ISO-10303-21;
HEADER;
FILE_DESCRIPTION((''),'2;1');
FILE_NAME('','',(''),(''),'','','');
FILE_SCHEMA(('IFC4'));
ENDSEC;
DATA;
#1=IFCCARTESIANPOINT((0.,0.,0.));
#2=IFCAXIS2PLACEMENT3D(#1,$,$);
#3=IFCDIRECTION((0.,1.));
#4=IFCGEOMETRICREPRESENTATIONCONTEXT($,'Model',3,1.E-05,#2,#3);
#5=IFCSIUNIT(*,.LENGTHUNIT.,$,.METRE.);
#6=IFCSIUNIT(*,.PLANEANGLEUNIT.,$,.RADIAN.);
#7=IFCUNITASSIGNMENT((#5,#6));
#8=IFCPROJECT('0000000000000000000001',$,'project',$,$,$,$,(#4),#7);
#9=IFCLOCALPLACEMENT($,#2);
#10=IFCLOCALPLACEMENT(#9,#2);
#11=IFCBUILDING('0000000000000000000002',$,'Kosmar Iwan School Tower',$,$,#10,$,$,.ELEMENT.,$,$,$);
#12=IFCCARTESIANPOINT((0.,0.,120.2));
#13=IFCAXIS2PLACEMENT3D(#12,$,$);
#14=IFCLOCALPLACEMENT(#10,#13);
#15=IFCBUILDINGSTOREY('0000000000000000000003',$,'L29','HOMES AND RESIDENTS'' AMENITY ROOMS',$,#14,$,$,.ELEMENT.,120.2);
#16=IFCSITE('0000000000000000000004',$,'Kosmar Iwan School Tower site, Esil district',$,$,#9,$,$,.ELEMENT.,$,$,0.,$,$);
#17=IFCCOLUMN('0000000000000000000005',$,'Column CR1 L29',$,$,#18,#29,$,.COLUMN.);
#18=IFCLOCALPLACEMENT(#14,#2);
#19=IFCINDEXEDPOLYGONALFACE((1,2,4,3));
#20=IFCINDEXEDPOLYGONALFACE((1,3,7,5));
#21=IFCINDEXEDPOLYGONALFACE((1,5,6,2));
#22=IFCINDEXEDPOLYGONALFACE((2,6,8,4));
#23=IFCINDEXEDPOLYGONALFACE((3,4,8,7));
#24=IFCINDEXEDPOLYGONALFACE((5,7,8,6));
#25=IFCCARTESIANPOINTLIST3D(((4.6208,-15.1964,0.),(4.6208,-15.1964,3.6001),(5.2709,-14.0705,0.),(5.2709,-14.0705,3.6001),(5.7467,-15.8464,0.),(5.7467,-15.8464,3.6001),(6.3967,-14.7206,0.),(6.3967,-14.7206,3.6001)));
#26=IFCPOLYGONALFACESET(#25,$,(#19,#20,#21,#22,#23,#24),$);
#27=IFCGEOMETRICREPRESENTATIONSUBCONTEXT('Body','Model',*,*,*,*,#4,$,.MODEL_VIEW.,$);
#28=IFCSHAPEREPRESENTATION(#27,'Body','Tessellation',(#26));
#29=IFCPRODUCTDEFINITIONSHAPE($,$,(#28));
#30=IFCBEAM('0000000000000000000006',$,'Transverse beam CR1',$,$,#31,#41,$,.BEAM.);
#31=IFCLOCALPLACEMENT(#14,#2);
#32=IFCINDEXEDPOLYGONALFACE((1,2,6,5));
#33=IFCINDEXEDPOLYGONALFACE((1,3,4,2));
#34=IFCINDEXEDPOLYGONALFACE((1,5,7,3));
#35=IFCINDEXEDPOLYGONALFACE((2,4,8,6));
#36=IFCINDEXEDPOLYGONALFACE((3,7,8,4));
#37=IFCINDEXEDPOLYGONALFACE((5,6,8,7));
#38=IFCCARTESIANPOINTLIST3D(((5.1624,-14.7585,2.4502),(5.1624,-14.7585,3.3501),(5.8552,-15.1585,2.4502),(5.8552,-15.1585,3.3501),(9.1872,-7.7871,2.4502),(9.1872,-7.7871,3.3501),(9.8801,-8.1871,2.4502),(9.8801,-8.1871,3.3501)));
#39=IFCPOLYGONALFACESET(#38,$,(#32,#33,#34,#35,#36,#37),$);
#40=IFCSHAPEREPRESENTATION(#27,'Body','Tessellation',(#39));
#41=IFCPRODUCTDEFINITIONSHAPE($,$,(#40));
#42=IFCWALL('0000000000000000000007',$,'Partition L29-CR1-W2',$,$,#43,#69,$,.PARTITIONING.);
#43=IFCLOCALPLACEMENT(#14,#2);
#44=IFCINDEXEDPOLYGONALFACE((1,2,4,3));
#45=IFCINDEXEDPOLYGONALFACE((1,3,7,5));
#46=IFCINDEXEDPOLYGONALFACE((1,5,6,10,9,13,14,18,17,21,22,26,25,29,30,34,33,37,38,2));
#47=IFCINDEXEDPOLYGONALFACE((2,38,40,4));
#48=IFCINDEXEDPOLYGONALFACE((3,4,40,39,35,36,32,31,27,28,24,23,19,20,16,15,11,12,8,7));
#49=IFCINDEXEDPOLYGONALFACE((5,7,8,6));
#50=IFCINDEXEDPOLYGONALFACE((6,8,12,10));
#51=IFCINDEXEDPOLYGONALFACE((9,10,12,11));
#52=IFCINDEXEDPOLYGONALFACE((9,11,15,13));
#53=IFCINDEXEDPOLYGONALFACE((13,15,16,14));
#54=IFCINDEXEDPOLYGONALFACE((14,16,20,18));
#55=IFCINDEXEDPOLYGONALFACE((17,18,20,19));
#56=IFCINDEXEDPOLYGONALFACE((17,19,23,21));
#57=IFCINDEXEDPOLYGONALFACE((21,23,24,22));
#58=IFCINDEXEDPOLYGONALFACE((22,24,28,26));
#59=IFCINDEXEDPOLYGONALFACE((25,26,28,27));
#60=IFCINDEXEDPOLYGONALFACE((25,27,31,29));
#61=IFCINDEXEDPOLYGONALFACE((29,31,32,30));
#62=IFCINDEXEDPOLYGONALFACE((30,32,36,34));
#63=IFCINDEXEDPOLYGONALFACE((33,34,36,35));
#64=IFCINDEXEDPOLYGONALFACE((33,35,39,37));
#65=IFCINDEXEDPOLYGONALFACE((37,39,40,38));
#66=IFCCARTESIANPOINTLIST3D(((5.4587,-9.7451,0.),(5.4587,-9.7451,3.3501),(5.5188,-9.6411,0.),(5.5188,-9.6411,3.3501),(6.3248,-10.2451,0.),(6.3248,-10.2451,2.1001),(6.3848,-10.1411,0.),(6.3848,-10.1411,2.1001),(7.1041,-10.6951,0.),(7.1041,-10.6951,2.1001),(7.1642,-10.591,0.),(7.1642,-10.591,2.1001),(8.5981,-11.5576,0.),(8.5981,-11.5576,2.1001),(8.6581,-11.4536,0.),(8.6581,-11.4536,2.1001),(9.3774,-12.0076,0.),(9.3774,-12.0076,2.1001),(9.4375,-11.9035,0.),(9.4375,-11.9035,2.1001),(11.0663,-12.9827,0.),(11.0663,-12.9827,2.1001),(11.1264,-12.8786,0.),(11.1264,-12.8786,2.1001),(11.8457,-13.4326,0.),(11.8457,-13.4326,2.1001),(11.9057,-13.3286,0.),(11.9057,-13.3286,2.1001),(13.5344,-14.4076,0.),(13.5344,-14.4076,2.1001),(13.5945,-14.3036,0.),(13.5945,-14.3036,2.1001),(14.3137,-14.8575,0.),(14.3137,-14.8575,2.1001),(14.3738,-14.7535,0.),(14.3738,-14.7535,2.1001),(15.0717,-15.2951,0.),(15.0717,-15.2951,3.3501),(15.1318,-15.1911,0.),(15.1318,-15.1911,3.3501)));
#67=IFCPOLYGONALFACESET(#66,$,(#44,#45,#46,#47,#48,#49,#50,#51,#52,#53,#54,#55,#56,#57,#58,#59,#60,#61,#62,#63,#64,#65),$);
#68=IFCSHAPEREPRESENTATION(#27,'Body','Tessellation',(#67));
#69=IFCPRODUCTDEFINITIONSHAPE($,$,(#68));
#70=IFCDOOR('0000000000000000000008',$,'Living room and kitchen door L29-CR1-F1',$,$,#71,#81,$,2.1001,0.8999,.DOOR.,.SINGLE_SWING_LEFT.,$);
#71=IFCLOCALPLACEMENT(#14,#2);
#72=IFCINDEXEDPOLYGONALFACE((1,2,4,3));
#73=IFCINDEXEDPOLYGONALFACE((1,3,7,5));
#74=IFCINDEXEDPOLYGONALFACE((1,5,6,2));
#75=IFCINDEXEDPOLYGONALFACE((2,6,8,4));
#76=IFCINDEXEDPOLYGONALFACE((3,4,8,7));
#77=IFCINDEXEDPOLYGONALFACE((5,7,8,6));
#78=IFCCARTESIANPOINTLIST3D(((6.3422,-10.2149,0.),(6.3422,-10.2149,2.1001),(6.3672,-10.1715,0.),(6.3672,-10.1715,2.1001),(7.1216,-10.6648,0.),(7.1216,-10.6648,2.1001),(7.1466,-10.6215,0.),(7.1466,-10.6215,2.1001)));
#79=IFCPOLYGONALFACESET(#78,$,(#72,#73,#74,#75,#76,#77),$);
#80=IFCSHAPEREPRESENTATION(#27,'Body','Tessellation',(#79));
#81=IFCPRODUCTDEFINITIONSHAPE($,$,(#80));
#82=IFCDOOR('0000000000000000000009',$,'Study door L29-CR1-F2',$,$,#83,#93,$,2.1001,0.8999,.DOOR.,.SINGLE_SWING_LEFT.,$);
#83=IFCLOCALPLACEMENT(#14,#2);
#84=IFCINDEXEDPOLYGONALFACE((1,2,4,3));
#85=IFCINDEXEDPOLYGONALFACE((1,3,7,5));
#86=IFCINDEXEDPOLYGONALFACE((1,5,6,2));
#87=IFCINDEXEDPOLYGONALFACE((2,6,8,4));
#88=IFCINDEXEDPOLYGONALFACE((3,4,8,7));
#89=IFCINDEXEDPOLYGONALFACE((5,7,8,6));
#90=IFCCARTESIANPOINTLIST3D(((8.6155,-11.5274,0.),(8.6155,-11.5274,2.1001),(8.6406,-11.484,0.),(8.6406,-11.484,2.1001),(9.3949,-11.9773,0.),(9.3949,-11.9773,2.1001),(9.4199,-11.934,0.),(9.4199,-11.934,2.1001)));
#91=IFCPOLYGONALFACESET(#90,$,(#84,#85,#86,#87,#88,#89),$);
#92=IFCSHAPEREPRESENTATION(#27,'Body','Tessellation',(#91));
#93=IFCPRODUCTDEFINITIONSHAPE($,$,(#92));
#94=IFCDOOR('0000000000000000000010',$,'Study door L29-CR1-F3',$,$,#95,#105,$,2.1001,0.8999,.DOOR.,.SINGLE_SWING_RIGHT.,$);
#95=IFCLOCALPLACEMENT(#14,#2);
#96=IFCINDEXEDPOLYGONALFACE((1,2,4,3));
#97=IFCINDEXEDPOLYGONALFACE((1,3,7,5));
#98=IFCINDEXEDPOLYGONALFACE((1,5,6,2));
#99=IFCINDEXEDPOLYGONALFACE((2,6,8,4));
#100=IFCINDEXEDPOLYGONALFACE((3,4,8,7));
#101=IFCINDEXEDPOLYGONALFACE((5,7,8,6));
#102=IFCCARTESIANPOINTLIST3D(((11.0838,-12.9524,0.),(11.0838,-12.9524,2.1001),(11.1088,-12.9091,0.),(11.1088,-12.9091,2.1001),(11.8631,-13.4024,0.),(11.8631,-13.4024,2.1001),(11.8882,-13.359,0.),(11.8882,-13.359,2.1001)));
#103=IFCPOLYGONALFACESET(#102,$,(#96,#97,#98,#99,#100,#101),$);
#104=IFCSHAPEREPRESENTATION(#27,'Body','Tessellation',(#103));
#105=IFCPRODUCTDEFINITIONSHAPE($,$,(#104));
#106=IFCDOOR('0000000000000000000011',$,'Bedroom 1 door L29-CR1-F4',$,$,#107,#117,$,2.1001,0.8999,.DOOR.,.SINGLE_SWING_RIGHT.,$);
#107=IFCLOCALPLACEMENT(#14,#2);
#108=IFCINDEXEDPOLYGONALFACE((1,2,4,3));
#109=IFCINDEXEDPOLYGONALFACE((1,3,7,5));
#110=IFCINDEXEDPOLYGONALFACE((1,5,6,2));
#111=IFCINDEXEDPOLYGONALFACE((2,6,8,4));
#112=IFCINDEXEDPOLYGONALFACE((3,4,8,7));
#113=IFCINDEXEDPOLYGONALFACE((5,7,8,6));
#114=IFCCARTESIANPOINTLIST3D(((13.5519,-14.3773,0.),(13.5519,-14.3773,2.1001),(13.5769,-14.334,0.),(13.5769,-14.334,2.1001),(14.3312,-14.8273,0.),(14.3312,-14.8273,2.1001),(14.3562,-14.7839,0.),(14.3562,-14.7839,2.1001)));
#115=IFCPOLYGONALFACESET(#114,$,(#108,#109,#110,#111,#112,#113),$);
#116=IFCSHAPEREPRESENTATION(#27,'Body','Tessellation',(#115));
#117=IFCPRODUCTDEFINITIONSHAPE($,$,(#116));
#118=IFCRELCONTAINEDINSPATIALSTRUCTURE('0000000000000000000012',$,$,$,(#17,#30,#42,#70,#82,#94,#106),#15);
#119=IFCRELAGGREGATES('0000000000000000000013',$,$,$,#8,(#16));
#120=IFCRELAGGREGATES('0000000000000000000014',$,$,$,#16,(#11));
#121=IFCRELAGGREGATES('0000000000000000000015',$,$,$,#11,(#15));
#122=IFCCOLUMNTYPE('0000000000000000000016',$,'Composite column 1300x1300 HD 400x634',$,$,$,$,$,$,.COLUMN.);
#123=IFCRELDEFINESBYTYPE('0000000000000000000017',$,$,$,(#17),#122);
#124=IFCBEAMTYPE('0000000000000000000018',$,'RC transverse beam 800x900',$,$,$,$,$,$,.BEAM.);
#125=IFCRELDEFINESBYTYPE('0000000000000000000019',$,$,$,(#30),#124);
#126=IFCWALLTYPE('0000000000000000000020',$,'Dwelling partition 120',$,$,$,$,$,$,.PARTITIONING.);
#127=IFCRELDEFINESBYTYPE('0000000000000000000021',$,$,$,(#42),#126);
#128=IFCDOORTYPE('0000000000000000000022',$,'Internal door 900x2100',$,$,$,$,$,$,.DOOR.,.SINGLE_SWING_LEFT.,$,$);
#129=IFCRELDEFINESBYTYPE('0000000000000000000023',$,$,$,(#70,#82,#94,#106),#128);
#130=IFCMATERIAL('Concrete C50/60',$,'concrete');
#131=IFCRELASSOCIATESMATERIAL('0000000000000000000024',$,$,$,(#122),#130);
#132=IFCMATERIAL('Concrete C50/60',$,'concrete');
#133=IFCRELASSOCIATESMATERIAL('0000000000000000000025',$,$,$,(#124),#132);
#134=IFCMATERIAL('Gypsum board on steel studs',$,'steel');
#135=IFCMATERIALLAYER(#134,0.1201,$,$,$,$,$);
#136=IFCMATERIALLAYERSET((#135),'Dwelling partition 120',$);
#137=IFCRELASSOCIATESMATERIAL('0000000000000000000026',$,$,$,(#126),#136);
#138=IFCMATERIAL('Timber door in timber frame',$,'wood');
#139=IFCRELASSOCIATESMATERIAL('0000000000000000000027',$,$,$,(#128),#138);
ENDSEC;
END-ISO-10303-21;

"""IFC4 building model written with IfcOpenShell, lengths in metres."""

from ifc_helpers import new_model, si_unit, direction, frame, frame_2d, origin, origin_2d, place, context, subcontext, project, spatial, rectangle, extrude, material, layer, layer_set, material_profile, profile_set, type_object, element, fill, save


model = new_model("IFC4")

# Units and contexts
model_context = context("Model", 3, precision=1e-05, world=origin(), true_north=direction((0.0, 1.0)))
body_context = subcontext(model_context, "Body", "Model", "MODEL_VIEW")
ifc_project = project(units=[si_unit("LENGTHUNIT", "METRE"), si_unit("PLANEANGLEUNIT", "RADIAN")], contexts=[model_context])

# Site, building, storey
site_placement = place(None, origin())
site = spatial("IfcSite", under=ifc_project, at=site_placement, Name="Kosmar Iwan School Tower site, Esil district", CompositionType="ELEMENT", RefElevation=0.0)
building_placement = place(site_placement, origin())
building = spatial("IfcBuilding", under=site, at=building_placement, Name="Kosmar Iwan School Tower", CompositionType="ELEMENT")
storey_placement = place(building_placement, frame((0.0, 0.0, 120.2)))
storey = spatial("IfcBuildingStorey", under=building, at=storey_placement, Name="L29", Description="HOMES AND RESIDENTS' AMENITY ROOMS", CompositionType="ELEMENT", Elevation=120.2)

# Column
ifc_material_1 = material(Name="Concrete C50/60", Category="concrete")
ifc_material_profile_1 = material_profile(ifc_material_1, rectangle(XDim=1.3, YDim=1.3, at=origin_2d()), Name="RC 1300x1300 + HD 400x634")
ifc_profile_set_1 = profile_set([ifc_material_profile_1], Name="Concrete C50/60")
column_type = type_object("IfcColumnType", Name="Composite column 1300x1300 HD 400x634", PredefinedType="COLUMN", material=ifc_profile_set_1)
column_placement = place(storey_placement, frame((5.5088, -14.9585, 0.0), z_axis=(0.0, 0.0, 1.0), x_axis=(0.866025, -0.5, 0.0)))
element("IfcColumn", 1, at=column_placement, inside=storey, type_object=column_type, Name="Column CR1 L29", PredefinedType="COLUMN", context=body_context, shape_type="SweptSolid", body=[
    extrude(rectangle(XDim=1.3, YDim=1.3, at=origin_2d()), origin(), (0.0, 0.0, 1.0), 3.6001),
])

# Beam
ifc_material_2 = material(Name="Concrete C50/60", Category="concrete")
ifc_material_profile_2 = material_profile(ifc_material_2, rectangle(XDim=0.8, YDim=0.8999, at=origin_2d()), Name="RC 800x900")
ifc_profile_set_2 = profile_set([ifc_material_profile_2], Name="Concrete C50/60")
beam_type = type_object("IfcBeamType", Name="RC transverse beam 800x900", PredefinedType="BEAM", material=ifc_profile_set_2)
beam_placement = place(storey_placement, frame((5.5088, -14.9585, 2.9001), z_axis=(0.499995, 0.866029, 0.0), x_axis=(-0.866029, 0.499995, 0.0)))
element("IfcBeam", 2, at=beam_placement, inside=storey, type_object=beam_type, Name="Transverse beam CR1", PredefinedType="BEAM", context=body_context, shape_type="SweptSolid", body=[
    extrude(rectangle(XDim=0.8, YDim=0.8999, at=origin_2d()), origin(), (0.0, 0.0, 1.0), 8.0498),
])

# Wall, openings, doors
ifc_material_3 = material(Name="Gypsum board on steel studs", Category="steel")
ifc_layer_1 = layer(ifc_material_3, 0.1201)
ifc_layer_set_1 = layer_set([ifc_layer_1], Name="Dwelling partition 120")
wall_type_1 = type_object("IfcWallType", Name="Dwelling partition 120", PredefinedType="PARTITIONING", material=ifc_layer_set_1)
wall_1_placement = place(storey_placement, frame((5.4888, -9.6931, 0.0), z_axis=(0.0, 0.0, 1.0), x_axis=(0.866027, -0.499997, 0.0)))
wall_1 = element("IfcWall", 3, at=wall_1_placement, inside=storey, type_object=wall_type_1, Name="Partition L29-CR1-W2", PredefinedType="PARTITIONING", context=body_context, shape_type="SweptSolid", body=[
    extrude(rectangle(XDim=11.1001, YDim=0.1201, at=frame_2d((5.55, 0.0))), origin(), (0.0, 0.0, 1.0), 3.3501),
])
opening_1_placement = place(wall_1_placement, frame((1.0, 0.0, 0.0)))
opening_1 = element("IfcOpeningElement", 4, at=opening_1_placement, cuts=wall_1, PredefinedType="OPENING", context=body_context, shape_type="SweptSolid", body=[
    extrude(rectangle(XDim=0.8999, YDim=2.1001, at=frame_2d((0.45, 1.05))), frame((0.0, 0.072, 0.0), z_axis=(0.0, -1.0, 0.0), x_axis=(1.0, 0.0, 0.0)), (0.0, 0.0, 1.0), 0.144),
])
opening_2_placement = place(wall_1_placement, frame((3.625, 0.0, 0.0)))
opening_2 = element("IfcOpeningElement", 5, at=opening_2_placement, cuts=wall_1, PredefinedType="OPENING", context=body_context, shape_type="SweptSolid", body=[
    extrude(rectangle(XDim=0.8999, YDim=2.1001, at=frame_2d((0.45, 1.05))), frame((0.0, 0.072, 0.0), z_axis=(0.0, -1.0, 0.0), x_axis=(1.0, 0.0, 0.0)), (0.0, 0.0, 1.0), 0.144),
])
opening_3_placement = place(wall_1_placement, frame((6.4751, 0.0, 0.0)))
opening_3 = element("IfcOpeningElement", 6, at=opening_3_placement, cuts=wall_1, PredefinedType="OPENING", context=body_context, shape_type="SweptSolid", body=[
    extrude(rectangle(XDim=0.8999, YDim=2.1001, at=frame_2d((0.45, 1.05))), frame((0.0, 0.072, 0.0), z_axis=(0.0, -1.0, 0.0), x_axis=(1.0, 0.0, 0.0)), (0.0, 0.0, 1.0), 0.144),
])
opening_4_placement = place(wall_1_placement, frame((9.325, 0.0, 0.0)))
opening_4 = element("IfcOpeningElement", 7, at=opening_4_placement, cuts=wall_1, PredefinedType="OPENING", context=body_context, shape_type="SweptSolid", body=[
    extrude(rectangle(XDim=0.8999, YDim=2.1001, at=frame_2d((0.45, 1.05))), frame((0.0, 0.072, 0.0), z_axis=(0.0, -1.0, 0.0), x_axis=(1.0, 0.0, 0.0)), (0.0, 0.0, 1.0), 0.144),
])
ifc_material_4 = material(Name="Timber door in timber frame", Category="wood")
door_type = type_object("IfcDoorType", Name="Internal door 900x2100", OperationType="SINGLE_SWING_LEFT", PredefinedType="DOOR", material=ifc_material_4)
door_1_placement = place(opening_1_placement, origin())
door_1 = element("IfcDoor", 8, at=door_1_placement, inside=storey, type_object=door_type, Name="Living room and kitchen door L29-CR1-F1", OperationType="SINGLE_SWING_LEFT", OverallHeight=2.1001, OverallWidth=0.8999, PredefinedType="DOOR", context=body_context, shape_type="SweptSolid", body=[
    extrude(rectangle(XDim=0.8999, YDim=2.1001, at=frame_2d((0.45, 1.05))), frame((0.0, 0.0249, 0.0), z_axis=(0.0, -1.0, 0.0), x_axis=(1.0, 0.0, 0.0)), (0.0, 0.0, 1.0), 0.05),
])
fill(opening_1, door_1)
door_2_placement = place(opening_2_placement, origin())
door_2 = element("IfcDoor", 9, at=door_2_placement, inside=storey, type_object=door_type, Name="Study door L29-CR1-F2", OperationType="SINGLE_SWING_LEFT", OverallHeight=2.1001, OverallWidth=0.8999, PredefinedType="DOOR", context=body_context, shape_type="SweptSolid", body=[
    extrude(rectangle(XDim=0.8999, YDim=2.1001, at=frame_2d((0.45, 1.05))), frame((0.0, 0.0249, 0.0), z_axis=(0.0, -1.0, 0.0), x_axis=(1.0, 0.0, 0.0)), (0.0, 0.0, 1.0), 0.05),
])
fill(opening_2, door_2)
door_3_placement = place(opening_3_placement, origin())
door_3 = element("IfcDoor", 10, at=door_3_placement, inside=storey, type_object=door_type, Name="Study door L29-CR1-F3", OperationType="SINGLE_SWING_RIGHT", OverallHeight=2.1001, OverallWidth=0.8999, PredefinedType="DOOR", context=body_context, shape_type="SweptSolid", body=[
    extrude(rectangle(XDim=0.8999, YDim=2.1001, at=frame_2d((0.45, 1.05))), frame((0.0, 0.0249, 0.0), z_axis=(0.0, -1.0, 0.0), x_axis=(1.0, 0.0, 0.0)), (0.0, 0.0, 1.0), 0.05),
])
fill(opening_3, door_3)
door_4_placement = place(opening_4_placement, origin())
door_4 = element("IfcDoor", 11, at=door_4_placement, inside=storey, type_object=door_type, Name="Bedroom 1 door L29-CR1-F4", OperationType="SINGLE_SWING_RIGHT", OverallHeight=2.1001, OverallWidth=0.8999, PredefinedType="DOOR", context=body_context, shape_type="SweptSolid", body=[
    extrude(rectangle(XDim=0.8999, YDim=2.1001, at=frame_2d((0.45, 1.05))), frame((0.0, 0.0249, 0.0), z_axis=(0.0, -1.0, 0.0), x_axis=(1.0, 0.0, 0.0)), (0.0, 0.0, 1.0), 0.05),
])
fill(opening_4, door_4)

save(model, "model.ifc")
